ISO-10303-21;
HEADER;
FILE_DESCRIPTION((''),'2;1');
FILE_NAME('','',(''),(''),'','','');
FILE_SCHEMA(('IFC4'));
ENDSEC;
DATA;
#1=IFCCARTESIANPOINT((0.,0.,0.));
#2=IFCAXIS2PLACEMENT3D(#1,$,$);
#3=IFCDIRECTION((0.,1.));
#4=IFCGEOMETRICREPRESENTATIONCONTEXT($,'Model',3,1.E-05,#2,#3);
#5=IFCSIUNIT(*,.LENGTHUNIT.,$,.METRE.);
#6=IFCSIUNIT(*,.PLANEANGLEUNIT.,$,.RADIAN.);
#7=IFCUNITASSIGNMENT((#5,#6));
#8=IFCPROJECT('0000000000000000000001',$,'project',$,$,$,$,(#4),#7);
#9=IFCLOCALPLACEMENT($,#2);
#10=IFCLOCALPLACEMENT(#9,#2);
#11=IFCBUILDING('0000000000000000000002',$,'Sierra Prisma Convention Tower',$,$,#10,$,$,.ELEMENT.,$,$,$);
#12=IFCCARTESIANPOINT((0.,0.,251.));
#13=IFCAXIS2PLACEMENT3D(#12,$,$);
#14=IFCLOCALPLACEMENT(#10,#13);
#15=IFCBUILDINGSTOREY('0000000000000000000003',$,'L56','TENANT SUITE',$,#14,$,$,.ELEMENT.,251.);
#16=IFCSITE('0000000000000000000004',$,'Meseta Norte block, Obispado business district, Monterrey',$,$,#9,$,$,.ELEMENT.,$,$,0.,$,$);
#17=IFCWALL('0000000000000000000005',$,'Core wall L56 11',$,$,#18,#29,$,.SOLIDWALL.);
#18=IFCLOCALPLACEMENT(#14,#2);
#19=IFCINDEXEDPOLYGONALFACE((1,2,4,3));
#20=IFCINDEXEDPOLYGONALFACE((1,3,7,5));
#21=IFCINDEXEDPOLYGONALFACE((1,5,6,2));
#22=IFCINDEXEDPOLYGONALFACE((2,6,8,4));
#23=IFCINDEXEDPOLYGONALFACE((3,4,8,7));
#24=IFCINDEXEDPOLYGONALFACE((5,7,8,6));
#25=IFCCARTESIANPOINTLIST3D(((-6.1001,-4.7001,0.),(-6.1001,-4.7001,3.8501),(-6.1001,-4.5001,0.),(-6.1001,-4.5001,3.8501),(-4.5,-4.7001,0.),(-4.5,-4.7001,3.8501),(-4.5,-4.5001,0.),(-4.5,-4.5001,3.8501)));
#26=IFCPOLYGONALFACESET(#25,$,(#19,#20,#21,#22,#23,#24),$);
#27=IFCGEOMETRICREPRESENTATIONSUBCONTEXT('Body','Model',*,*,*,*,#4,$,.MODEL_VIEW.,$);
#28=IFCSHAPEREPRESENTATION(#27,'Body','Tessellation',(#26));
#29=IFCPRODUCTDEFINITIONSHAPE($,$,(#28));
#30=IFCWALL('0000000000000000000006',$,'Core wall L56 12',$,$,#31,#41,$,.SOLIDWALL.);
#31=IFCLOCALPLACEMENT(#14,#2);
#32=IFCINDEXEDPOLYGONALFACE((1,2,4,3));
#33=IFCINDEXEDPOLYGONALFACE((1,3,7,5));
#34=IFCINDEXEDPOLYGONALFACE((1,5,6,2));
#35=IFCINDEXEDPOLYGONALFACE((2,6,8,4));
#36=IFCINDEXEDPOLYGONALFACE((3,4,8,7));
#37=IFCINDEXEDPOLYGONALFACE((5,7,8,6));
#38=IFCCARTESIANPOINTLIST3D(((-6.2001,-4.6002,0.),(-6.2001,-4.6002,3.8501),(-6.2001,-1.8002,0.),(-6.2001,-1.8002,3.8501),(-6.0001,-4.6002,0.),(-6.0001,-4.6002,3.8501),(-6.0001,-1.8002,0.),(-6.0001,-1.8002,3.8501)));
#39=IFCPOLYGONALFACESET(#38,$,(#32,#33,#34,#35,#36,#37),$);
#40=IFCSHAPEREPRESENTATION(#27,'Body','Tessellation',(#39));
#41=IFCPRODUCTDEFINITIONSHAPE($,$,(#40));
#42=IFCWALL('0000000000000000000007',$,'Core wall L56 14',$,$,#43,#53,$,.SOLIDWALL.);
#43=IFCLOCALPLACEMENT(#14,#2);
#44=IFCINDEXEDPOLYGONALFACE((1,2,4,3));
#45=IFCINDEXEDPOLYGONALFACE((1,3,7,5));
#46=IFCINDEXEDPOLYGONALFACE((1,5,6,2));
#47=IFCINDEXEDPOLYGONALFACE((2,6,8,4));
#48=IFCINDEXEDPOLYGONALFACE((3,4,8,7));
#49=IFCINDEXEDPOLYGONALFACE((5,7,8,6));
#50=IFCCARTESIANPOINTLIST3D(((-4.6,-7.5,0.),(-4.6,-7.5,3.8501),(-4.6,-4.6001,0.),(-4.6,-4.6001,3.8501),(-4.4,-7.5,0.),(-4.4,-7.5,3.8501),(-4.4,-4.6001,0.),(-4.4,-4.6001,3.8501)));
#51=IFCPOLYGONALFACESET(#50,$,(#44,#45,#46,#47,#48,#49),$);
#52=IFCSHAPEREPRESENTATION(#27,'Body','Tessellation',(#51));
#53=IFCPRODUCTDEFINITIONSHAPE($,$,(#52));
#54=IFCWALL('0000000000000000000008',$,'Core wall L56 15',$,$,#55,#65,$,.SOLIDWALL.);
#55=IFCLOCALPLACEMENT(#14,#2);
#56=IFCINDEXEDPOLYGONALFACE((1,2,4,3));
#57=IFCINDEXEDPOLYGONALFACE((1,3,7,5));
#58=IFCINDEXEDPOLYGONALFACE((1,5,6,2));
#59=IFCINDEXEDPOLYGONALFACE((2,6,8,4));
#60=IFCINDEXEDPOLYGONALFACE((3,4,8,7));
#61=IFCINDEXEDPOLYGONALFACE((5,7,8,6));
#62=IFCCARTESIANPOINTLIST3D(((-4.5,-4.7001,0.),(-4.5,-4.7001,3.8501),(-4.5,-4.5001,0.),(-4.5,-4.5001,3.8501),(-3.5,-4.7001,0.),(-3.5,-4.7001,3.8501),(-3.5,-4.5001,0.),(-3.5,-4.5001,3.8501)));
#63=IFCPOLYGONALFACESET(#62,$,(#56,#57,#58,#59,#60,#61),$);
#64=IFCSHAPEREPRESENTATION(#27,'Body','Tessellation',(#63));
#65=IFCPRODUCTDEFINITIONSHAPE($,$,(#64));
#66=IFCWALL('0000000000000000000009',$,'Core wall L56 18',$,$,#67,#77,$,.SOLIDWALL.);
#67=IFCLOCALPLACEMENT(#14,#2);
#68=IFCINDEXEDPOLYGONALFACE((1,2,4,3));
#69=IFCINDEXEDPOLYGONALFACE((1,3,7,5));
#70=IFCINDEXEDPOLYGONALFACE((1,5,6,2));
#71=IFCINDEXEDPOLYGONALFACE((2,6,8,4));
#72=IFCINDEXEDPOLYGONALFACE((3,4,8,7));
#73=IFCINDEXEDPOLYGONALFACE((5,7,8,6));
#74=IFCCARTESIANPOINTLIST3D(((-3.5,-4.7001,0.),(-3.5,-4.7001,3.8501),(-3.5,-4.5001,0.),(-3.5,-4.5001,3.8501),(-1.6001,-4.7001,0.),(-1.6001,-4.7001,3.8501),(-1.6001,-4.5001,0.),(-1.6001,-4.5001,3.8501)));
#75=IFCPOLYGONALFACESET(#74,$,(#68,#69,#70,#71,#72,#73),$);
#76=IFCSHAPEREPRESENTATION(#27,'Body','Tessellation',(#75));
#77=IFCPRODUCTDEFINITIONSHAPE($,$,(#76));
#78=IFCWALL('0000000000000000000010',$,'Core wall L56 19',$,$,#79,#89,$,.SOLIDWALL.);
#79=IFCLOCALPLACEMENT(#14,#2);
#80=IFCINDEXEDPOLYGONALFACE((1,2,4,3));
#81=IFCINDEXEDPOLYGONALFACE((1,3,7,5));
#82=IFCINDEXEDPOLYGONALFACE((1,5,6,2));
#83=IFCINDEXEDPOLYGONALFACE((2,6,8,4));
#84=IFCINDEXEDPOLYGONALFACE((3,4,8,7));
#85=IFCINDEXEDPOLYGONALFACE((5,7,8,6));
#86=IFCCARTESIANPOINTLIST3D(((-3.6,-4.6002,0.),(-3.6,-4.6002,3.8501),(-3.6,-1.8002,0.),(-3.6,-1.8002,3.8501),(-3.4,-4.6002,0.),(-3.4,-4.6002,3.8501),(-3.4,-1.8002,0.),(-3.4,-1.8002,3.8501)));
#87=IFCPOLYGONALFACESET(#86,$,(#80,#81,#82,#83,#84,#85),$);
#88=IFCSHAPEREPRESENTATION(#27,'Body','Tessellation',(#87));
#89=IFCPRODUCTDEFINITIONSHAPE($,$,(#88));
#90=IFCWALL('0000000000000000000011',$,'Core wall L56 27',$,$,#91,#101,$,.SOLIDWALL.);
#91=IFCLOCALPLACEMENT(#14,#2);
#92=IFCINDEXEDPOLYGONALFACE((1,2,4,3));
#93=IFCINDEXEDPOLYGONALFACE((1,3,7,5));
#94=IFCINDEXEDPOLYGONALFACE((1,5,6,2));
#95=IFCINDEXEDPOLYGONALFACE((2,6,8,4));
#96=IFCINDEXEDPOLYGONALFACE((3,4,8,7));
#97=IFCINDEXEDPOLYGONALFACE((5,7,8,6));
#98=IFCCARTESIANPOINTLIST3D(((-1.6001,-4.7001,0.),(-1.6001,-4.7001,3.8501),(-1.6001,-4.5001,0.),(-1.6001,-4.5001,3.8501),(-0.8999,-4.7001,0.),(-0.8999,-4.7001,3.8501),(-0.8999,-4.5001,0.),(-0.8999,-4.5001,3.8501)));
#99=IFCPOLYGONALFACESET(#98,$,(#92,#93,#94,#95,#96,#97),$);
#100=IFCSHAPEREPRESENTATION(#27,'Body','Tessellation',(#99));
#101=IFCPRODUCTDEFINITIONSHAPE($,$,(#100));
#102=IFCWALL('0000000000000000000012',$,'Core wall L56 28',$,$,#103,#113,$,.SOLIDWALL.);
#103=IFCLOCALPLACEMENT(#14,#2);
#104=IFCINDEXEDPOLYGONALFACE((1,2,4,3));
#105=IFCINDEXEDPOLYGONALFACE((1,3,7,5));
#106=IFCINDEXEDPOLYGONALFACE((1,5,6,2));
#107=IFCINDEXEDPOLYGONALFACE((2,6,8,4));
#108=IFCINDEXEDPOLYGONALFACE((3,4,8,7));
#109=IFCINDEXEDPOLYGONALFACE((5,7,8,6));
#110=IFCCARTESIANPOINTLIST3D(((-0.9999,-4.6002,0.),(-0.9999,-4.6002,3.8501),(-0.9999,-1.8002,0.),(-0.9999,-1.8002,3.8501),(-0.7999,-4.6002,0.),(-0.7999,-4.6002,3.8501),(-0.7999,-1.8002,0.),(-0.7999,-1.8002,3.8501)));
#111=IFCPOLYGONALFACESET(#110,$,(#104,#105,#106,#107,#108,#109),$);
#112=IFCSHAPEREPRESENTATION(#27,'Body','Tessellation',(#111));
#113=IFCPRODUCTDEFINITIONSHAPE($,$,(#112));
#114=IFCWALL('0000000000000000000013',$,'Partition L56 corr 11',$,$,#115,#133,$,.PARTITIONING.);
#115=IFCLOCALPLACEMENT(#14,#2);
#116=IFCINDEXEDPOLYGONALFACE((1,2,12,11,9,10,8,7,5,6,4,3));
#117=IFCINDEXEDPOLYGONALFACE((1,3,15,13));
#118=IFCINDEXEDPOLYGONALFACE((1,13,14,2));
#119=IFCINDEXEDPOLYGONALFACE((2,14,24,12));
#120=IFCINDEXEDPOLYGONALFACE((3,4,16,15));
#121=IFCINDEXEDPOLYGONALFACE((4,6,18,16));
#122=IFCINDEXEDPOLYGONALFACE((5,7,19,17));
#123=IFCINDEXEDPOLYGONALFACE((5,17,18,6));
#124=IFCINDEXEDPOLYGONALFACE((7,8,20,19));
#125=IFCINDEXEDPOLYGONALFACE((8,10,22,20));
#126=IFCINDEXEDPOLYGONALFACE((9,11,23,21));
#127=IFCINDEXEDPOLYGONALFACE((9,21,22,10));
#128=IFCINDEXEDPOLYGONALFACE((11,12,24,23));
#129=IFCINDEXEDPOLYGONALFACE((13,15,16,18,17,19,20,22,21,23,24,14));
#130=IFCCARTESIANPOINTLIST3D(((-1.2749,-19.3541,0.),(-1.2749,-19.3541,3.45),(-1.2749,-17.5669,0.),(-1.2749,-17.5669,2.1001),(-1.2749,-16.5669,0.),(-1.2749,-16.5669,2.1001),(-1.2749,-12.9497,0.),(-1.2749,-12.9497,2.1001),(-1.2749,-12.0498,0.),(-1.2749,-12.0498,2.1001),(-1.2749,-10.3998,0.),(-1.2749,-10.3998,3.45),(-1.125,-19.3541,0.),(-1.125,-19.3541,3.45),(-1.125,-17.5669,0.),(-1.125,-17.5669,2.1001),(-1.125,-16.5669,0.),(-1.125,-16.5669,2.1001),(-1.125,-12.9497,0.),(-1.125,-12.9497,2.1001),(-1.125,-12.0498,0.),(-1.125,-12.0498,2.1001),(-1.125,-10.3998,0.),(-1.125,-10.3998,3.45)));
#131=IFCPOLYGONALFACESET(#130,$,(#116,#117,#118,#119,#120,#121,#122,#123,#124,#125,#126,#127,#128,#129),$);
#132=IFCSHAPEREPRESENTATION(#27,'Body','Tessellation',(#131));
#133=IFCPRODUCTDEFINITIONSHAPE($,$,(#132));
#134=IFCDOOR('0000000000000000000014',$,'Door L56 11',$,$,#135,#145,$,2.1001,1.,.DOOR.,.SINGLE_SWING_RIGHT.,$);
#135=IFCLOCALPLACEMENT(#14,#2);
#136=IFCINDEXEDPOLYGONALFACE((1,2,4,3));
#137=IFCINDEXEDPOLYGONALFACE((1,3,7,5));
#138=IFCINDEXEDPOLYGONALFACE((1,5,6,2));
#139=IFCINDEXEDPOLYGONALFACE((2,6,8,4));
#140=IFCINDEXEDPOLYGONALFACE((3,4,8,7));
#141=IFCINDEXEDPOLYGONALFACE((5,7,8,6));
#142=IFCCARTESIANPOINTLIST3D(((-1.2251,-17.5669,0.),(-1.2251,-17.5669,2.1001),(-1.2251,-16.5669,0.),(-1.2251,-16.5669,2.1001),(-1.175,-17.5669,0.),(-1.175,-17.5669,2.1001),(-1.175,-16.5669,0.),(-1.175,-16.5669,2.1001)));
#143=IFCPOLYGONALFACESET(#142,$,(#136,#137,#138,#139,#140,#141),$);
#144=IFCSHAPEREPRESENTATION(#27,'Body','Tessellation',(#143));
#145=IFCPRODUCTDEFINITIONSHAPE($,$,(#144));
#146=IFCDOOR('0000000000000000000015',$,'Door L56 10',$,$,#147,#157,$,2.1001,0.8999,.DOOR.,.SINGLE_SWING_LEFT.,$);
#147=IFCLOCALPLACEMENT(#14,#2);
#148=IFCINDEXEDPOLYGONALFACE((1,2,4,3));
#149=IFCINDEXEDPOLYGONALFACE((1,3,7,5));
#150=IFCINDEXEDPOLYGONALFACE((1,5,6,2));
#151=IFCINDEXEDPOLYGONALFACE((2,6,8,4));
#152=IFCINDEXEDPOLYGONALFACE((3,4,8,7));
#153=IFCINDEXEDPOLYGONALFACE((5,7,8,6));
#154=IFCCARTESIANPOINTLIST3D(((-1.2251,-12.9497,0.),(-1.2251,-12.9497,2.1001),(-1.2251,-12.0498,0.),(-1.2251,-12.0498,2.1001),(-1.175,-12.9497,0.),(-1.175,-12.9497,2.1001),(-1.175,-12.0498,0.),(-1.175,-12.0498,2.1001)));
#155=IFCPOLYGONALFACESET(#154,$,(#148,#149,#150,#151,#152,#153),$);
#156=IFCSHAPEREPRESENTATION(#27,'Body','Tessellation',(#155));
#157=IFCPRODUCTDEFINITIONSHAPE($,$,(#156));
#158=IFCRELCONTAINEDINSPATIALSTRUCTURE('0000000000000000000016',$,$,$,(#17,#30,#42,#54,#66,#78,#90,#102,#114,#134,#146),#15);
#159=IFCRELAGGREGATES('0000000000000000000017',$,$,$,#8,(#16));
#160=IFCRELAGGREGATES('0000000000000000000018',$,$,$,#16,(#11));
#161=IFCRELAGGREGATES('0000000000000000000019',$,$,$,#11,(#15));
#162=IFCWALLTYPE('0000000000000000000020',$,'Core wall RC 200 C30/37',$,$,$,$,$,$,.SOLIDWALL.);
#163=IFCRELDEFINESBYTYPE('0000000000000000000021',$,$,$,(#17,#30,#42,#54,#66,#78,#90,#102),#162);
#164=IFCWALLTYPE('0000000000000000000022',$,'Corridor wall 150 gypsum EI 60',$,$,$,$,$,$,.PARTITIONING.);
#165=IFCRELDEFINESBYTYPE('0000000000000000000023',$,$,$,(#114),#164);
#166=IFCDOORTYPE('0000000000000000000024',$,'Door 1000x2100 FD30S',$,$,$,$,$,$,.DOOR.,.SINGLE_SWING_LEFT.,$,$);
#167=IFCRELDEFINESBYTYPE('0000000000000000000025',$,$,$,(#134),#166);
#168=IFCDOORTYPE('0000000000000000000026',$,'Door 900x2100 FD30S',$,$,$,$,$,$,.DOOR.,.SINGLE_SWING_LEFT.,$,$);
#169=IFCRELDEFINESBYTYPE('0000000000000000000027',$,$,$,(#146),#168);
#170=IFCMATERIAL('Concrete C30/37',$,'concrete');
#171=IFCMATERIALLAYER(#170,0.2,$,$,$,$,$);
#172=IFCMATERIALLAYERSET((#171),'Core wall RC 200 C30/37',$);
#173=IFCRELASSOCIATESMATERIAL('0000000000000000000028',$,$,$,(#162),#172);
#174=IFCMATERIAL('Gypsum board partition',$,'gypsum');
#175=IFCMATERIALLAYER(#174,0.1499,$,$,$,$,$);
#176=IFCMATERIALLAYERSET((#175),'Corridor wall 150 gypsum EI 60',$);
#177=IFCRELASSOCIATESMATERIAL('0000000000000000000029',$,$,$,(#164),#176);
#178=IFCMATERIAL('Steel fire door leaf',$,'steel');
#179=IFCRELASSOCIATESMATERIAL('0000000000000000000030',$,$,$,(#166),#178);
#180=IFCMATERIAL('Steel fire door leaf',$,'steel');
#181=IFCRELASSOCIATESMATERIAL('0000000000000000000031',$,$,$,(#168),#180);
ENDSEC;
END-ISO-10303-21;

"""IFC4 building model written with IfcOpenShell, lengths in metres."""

from ifc_helpers import new_model, si_unit, direction, frame, frame_2d, origin, place, context, subcontext, project, spatial, rectangle, extrude, material, layer, layer_set, type_object, element, fill, save


model = new_model("IFC4")

# Units and contexts
model_context = context("Model", 3, precision=1e-05, world=origin(), true_north=direction((0.0, 1.0)))
body_context = subcontext(model_context, "Body", "Model", "MODEL_VIEW")
ifc_project = project(units=[si_unit("LENGTHUNIT", "METRE"), si_unit("PLANEANGLEUNIT", "RADIAN")], contexts=[model_context])

# Site, building, storey
site_placement = place(None, origin())
site = spatial("IfcSite", under=ifc_project, at=site_placement, Name="Meseta Norte block, Obispado business district, Monterrey", CompositionType="ELEMENT", RefElevation=0.0)
building_placement = place(site_placement, origin())
building = spatial("IfcBuilding", under=site, at=building_placement, Name="Sierra Prisma Convention Tower", CompositionType="ELEMENT")
storey_placement = place(building_placement, frame((0.0, 0.0, 251.0)))
storey = spatial("IfcBuildingStorey", under=building, at=storey_placement, Name="L56", Description="TENANT SUITE", CompositionType="ELEMENT", Elevation=251.0)

# Walls
ifc_material_1 = material(Name="Concrete C30/37", Category="concrete")
ifc_layer_1 = layer(ifc_material_1, 0.2)
ifc_layer_set_1 = layer_set([ifc_layer_1], Name="Core wall RC 200 C30/37")
wall_type_1 = type_object("IfcWallType", Name="Core wall RC 200 C30/37", PredefinedType="SOLIDWALL", material=ifc_layer_set_1)
wall_1_placement = place(storey_placement, frame((-6.1001, -4.6001, 0.0), z_axis=(0.0, 0.0, 1.0), x_axis=(1.0, 0.0, 0.0)))
element("IfcWall", 1, at=wall_1_placement, inside=storey, type_object=wall_type_1, Name="Core wall L56 11", PredefinedType="SOLIDWALL", context=body_context, shape_type="SweptSolid", body=[
    extrude(rectangle(XDim=1.6001, YDim=0.2, at=frame_2d((0.8, 0.0))), origin(), (0.0, 0.0, 1.0), 3.8501),
])
wall_2_placement = place(storey_placement, frame((-6.1001, -4.6001, 0.0), z_axis=(0.0, 0.0, 1.0), x_axis=(0.0, 1.0, 0.0)))
element("IfcWall", 2, at=wall_2_placement, inside=storey, type_object=wall_type_1, Name="Core wall L56 12", PredefinedType="SOLIDWALL", context=body_context, shape_type="SweptSolid", body=[
    extrude(rectangle(XDim=2.8, YDim=0.2, at=frame_2d((1.3999, 0.0))), origin(), (0.0, 0.0, 1.0), 3.8501),
])
wall_3_placement = place(storey_placement, frame((-4.5, -4.6001, 0.0), z_axis=(0.0, 0.0, 1.0), x_axis=(0.0, -1.0, 0.0)))
element("IfcWall", 3, at=wall_3_placement, inside=storey, type_object=wall_type_1, Name="Core wall L56 14", PredefinedType="SOLIDWALL", context=body_context, shape_type="SweptSolid", body=[
    extrude(rectangle(XDim=2.8999, YDim=0.2, at=frame_2d((1.45, 0.0))), origin(), (0.0, 0.0, 1.0), 3.8501),
])
wall_4_placement = place(storey_placement, frame((-4.5, -4.6001, 0.0), z_axis=(0.0, 0.0, 1.0), x_axis=(1.0, 0.0, 0.0)))
element("IfcWall", 4, at=wall_4_placement, inside=storey, type_object=wall_type_1, Name="Core wall L56 15", PredefinedType="SOLIDWALL", context=body_context, shape_type="SweptSolid", body=[
    extrude(rectangle(XDim=1.0, YDim=0.2, at=frame_2d((0.5, 0.0))), origin(), (0.0, 0.0, 1.0), 3.8501),
])
wall_5_placement = place(storey_placement, frame((-3.5, -4.6001, 0.0), z_axis=(0.0, 0.0, 1.0), x_axis=(1.0, 0.0, 0.0)))
element("IfcWall", 5, at=wall_5_placement, inside=storey, type_object=wall_type_1, Name="Core wall L56 18", PredefinedType="SOLIDWALL", context=body_context, shape_type="SweptSolid", body=[
    extrude(rectangle(XDim=1.8999, YDim=0.2, at=frame_2d((0.95, 0.0))), origin(), (0.0, 0.0, 1.0), 3.8501),
])
wall_6_placement = place(storey_placement, frame((-3.5, -4.6001, 0.0), z_axis=(0.0, 0.0, 1.0), x_axis=(0.0, 1.0, 0.0)))
element("IfcWall", 6, at=wall_6_placement, inside=storey, type_object=wall_type_1, Name="Core wall L56 19", PredefinedType="SOLIDWALL", context=body_context, shape_type="SweptSolid", body=[
    extrude(rectangle(XDim=2.8, YDim=0.2, at=frame_2d((1.3999, 0.0))), origin(), (0.0, 0.0, 1.0), 3.8501),
])

# Walls
wall_7_placement = place(storey_placement, frame((-1.6001, -4.6001, 0.0), z_axis=(0.0, 0.0, 1.0), x_axis=(1.0, 0.0, 0.0)))
element("IfcWall", 7, at=wall_7_placement, inside=storey, type_object=wall_type_1, Name="Core wall L56 27", PredefinedType="SOLIDWALL", context=body_context, shape_type="SweptSolid", body=[
    extrude(rectangle(XDim=0.7002, YDim=0.2, at=frame_2d((0.3501, 0.0))), origin(), (0.0, 0.0, 1.0), 3.8501),
])
wall_8_placement = place(storey_placement, frame((-0.8999, -4.6001, 0.0), z_axis=(0.0, 0.0, 1.0), x_axis=(0.0, 1.0, 0.0)))
element("IfcWall", 8, at=wall_8_placement, inside=storey, type_object=wall_type_1, Name="Core wall L56 28", PredefinedType="SOLIDWALL", context=body_context, shape_type="SweptSolid", body=[
    extrude(rectangle(XDim=2.8, YDim=0.2, at=frame_2d((1.3999, 0.0))), origin(), (0.0, 0.0, 1.0), 3.8501),
])

# Wall, openings, doors
ifc_material_2 = material(Name="Gypsum board partition", Category="gypsum")
ifc_layer_2 = layer(ifc_material_2, 0.1499)
ifc_layer_set_2 = layer_set([ifc_layer_2], Name="Corridor wall 150 gypsum EI 60")
wall_type_2 = type_object("IfcWallType", Name="Corridor wall 150 gypsum EI 60", PredefinedType="PARTITIONING", material=ifc_layer_set_2)
wall_9_placement = place(storey_placement, frame((-1.2, -10.3999, 0.0), z_axis=(0.0, 0.0, 1.0), x_axis=(0.0, -1.0, 0.0)))
wall_9 = element("IfcWall", 9, at=wall_9_placement, inside=storey, type_object=wall_type_2, Name="Partition L56 corr 11", PredefinedType="PARTITIONING", context=body_context, shape_type="SweptSolid", body=[
    extrude(rectangle(XDim=8.9543, YDim=0.1499, at=frame_2d((4.4771, 0.0))), origin(), (0.0, 0.0, 1.0), 3.45),
])
opening_1_placement = place(wall_9_placement, frame((1.6499, 0.0, 0.0)))
opening_1 = element("IfcOpeningElement", 10, at=opening_1_placement, cuts=wall_9, PredefinedType="OPENING", context=body_context, shape_type="SweptSolid", body=[
    extrude(rectangle(XDim=0.8999, YDim=2.1001, at=frame_2d((0.45, 1.05))), frame((0.0, 0.075, 0.0), z_axis=(0.0, -1.0, 0.0), x_axis=(1.0, 0.0, 0.0)), (0.0, 0.0, 1.0), 0.1499),
])
opening_2_placement = place(wall_9_placement, frame((6.167, 0.0, 0.0)))
opening_2 = element("IfcOpeningElement", 11, at=opening_2_placement, cuts=wall_9, PredefinedType="OPENING", context=body_context, shape_type="SweptSolid", body=[
    extrude(rectangle(XDim=1.0, YDim=2.1001, at=frame_2d((0.5, 1.05))), frame((0.0, 0.075, 0.0), z_axis=(0.0, -1.0, 0.0), x_axis=(1.0, 0.0, 0.0)), (0.0, 0.0, 1.0), 0.1499),
])
ifc_material_3 = material(Name="Steel fire door leaf", Category="steel")
door_type_1 = type_object("IfcDoorType", Name="Door 1000x2100 FD30S", OperationType="SINGLE_SWING_LEFT", PredefinedType="DOOR", material=ifc_material_3)
door_1_placement = place(opening_2_placement, origin())
door_1 = element("IfcDoor", 12, at=door_1_placement, inside=storey, type_object=door_type_1, Name="Door L56 11", OperationType="SINGLE_SWING_RIGHT", OverallHeight=2.1001, OverallWidth=1.0, PredefinedType="DOOR", context=body_context, shape_type="SweptSolid", body=[
    extrude(rectangle(XDim=1.0, YDim=2.1001, at=frame_2d((0.5, 1.05))), frame((0.0, 0.0249, 0.0), z_axis=(0.0, -1.0, 0.0), x_axis=(1.0, 0.0, 0.0)), (0.0, 0.0, 1.0), 0.05),
])
fill(opening_2, door_1)
ifc_material_4 = material(Name="Steel fire door leaf", Category="steel")
door_type_2 = type_object("IfcDoorType", Name="Door 900x2100 FD30S", OperationType="SINGLE_SWING_LEFT", PredefinedType="DOOR", material=ifc_material_4)
door_2_placement = place(opening_1_placement, origin())
door_2 = element("IfcDoor", 13, at=door_2_placement, inside=storey, type_object=door_type_2, Name="Door L56 10", OperationType="SINGLE_SWING_LEFT", OverallHeight=2.1001, OverallWidth=0.8999, PredefinedType="DOOR", context=body_context, shape_type="SweptSolid", body=[
    extrude(rectangle(XDim=0.8999, YDim=2.1001, at=frame_2d((0.45, 1.05))), frame((0.0, 0.0249, 0.0), z_axis=(0.0, -1.0, 0.0), x_axis=(1.0, 0.0, 0.0)), (0.0, 0.0, 1.0), 0.05),
])
fill(opening_1, door_2)

save(model, "model.ifc")
